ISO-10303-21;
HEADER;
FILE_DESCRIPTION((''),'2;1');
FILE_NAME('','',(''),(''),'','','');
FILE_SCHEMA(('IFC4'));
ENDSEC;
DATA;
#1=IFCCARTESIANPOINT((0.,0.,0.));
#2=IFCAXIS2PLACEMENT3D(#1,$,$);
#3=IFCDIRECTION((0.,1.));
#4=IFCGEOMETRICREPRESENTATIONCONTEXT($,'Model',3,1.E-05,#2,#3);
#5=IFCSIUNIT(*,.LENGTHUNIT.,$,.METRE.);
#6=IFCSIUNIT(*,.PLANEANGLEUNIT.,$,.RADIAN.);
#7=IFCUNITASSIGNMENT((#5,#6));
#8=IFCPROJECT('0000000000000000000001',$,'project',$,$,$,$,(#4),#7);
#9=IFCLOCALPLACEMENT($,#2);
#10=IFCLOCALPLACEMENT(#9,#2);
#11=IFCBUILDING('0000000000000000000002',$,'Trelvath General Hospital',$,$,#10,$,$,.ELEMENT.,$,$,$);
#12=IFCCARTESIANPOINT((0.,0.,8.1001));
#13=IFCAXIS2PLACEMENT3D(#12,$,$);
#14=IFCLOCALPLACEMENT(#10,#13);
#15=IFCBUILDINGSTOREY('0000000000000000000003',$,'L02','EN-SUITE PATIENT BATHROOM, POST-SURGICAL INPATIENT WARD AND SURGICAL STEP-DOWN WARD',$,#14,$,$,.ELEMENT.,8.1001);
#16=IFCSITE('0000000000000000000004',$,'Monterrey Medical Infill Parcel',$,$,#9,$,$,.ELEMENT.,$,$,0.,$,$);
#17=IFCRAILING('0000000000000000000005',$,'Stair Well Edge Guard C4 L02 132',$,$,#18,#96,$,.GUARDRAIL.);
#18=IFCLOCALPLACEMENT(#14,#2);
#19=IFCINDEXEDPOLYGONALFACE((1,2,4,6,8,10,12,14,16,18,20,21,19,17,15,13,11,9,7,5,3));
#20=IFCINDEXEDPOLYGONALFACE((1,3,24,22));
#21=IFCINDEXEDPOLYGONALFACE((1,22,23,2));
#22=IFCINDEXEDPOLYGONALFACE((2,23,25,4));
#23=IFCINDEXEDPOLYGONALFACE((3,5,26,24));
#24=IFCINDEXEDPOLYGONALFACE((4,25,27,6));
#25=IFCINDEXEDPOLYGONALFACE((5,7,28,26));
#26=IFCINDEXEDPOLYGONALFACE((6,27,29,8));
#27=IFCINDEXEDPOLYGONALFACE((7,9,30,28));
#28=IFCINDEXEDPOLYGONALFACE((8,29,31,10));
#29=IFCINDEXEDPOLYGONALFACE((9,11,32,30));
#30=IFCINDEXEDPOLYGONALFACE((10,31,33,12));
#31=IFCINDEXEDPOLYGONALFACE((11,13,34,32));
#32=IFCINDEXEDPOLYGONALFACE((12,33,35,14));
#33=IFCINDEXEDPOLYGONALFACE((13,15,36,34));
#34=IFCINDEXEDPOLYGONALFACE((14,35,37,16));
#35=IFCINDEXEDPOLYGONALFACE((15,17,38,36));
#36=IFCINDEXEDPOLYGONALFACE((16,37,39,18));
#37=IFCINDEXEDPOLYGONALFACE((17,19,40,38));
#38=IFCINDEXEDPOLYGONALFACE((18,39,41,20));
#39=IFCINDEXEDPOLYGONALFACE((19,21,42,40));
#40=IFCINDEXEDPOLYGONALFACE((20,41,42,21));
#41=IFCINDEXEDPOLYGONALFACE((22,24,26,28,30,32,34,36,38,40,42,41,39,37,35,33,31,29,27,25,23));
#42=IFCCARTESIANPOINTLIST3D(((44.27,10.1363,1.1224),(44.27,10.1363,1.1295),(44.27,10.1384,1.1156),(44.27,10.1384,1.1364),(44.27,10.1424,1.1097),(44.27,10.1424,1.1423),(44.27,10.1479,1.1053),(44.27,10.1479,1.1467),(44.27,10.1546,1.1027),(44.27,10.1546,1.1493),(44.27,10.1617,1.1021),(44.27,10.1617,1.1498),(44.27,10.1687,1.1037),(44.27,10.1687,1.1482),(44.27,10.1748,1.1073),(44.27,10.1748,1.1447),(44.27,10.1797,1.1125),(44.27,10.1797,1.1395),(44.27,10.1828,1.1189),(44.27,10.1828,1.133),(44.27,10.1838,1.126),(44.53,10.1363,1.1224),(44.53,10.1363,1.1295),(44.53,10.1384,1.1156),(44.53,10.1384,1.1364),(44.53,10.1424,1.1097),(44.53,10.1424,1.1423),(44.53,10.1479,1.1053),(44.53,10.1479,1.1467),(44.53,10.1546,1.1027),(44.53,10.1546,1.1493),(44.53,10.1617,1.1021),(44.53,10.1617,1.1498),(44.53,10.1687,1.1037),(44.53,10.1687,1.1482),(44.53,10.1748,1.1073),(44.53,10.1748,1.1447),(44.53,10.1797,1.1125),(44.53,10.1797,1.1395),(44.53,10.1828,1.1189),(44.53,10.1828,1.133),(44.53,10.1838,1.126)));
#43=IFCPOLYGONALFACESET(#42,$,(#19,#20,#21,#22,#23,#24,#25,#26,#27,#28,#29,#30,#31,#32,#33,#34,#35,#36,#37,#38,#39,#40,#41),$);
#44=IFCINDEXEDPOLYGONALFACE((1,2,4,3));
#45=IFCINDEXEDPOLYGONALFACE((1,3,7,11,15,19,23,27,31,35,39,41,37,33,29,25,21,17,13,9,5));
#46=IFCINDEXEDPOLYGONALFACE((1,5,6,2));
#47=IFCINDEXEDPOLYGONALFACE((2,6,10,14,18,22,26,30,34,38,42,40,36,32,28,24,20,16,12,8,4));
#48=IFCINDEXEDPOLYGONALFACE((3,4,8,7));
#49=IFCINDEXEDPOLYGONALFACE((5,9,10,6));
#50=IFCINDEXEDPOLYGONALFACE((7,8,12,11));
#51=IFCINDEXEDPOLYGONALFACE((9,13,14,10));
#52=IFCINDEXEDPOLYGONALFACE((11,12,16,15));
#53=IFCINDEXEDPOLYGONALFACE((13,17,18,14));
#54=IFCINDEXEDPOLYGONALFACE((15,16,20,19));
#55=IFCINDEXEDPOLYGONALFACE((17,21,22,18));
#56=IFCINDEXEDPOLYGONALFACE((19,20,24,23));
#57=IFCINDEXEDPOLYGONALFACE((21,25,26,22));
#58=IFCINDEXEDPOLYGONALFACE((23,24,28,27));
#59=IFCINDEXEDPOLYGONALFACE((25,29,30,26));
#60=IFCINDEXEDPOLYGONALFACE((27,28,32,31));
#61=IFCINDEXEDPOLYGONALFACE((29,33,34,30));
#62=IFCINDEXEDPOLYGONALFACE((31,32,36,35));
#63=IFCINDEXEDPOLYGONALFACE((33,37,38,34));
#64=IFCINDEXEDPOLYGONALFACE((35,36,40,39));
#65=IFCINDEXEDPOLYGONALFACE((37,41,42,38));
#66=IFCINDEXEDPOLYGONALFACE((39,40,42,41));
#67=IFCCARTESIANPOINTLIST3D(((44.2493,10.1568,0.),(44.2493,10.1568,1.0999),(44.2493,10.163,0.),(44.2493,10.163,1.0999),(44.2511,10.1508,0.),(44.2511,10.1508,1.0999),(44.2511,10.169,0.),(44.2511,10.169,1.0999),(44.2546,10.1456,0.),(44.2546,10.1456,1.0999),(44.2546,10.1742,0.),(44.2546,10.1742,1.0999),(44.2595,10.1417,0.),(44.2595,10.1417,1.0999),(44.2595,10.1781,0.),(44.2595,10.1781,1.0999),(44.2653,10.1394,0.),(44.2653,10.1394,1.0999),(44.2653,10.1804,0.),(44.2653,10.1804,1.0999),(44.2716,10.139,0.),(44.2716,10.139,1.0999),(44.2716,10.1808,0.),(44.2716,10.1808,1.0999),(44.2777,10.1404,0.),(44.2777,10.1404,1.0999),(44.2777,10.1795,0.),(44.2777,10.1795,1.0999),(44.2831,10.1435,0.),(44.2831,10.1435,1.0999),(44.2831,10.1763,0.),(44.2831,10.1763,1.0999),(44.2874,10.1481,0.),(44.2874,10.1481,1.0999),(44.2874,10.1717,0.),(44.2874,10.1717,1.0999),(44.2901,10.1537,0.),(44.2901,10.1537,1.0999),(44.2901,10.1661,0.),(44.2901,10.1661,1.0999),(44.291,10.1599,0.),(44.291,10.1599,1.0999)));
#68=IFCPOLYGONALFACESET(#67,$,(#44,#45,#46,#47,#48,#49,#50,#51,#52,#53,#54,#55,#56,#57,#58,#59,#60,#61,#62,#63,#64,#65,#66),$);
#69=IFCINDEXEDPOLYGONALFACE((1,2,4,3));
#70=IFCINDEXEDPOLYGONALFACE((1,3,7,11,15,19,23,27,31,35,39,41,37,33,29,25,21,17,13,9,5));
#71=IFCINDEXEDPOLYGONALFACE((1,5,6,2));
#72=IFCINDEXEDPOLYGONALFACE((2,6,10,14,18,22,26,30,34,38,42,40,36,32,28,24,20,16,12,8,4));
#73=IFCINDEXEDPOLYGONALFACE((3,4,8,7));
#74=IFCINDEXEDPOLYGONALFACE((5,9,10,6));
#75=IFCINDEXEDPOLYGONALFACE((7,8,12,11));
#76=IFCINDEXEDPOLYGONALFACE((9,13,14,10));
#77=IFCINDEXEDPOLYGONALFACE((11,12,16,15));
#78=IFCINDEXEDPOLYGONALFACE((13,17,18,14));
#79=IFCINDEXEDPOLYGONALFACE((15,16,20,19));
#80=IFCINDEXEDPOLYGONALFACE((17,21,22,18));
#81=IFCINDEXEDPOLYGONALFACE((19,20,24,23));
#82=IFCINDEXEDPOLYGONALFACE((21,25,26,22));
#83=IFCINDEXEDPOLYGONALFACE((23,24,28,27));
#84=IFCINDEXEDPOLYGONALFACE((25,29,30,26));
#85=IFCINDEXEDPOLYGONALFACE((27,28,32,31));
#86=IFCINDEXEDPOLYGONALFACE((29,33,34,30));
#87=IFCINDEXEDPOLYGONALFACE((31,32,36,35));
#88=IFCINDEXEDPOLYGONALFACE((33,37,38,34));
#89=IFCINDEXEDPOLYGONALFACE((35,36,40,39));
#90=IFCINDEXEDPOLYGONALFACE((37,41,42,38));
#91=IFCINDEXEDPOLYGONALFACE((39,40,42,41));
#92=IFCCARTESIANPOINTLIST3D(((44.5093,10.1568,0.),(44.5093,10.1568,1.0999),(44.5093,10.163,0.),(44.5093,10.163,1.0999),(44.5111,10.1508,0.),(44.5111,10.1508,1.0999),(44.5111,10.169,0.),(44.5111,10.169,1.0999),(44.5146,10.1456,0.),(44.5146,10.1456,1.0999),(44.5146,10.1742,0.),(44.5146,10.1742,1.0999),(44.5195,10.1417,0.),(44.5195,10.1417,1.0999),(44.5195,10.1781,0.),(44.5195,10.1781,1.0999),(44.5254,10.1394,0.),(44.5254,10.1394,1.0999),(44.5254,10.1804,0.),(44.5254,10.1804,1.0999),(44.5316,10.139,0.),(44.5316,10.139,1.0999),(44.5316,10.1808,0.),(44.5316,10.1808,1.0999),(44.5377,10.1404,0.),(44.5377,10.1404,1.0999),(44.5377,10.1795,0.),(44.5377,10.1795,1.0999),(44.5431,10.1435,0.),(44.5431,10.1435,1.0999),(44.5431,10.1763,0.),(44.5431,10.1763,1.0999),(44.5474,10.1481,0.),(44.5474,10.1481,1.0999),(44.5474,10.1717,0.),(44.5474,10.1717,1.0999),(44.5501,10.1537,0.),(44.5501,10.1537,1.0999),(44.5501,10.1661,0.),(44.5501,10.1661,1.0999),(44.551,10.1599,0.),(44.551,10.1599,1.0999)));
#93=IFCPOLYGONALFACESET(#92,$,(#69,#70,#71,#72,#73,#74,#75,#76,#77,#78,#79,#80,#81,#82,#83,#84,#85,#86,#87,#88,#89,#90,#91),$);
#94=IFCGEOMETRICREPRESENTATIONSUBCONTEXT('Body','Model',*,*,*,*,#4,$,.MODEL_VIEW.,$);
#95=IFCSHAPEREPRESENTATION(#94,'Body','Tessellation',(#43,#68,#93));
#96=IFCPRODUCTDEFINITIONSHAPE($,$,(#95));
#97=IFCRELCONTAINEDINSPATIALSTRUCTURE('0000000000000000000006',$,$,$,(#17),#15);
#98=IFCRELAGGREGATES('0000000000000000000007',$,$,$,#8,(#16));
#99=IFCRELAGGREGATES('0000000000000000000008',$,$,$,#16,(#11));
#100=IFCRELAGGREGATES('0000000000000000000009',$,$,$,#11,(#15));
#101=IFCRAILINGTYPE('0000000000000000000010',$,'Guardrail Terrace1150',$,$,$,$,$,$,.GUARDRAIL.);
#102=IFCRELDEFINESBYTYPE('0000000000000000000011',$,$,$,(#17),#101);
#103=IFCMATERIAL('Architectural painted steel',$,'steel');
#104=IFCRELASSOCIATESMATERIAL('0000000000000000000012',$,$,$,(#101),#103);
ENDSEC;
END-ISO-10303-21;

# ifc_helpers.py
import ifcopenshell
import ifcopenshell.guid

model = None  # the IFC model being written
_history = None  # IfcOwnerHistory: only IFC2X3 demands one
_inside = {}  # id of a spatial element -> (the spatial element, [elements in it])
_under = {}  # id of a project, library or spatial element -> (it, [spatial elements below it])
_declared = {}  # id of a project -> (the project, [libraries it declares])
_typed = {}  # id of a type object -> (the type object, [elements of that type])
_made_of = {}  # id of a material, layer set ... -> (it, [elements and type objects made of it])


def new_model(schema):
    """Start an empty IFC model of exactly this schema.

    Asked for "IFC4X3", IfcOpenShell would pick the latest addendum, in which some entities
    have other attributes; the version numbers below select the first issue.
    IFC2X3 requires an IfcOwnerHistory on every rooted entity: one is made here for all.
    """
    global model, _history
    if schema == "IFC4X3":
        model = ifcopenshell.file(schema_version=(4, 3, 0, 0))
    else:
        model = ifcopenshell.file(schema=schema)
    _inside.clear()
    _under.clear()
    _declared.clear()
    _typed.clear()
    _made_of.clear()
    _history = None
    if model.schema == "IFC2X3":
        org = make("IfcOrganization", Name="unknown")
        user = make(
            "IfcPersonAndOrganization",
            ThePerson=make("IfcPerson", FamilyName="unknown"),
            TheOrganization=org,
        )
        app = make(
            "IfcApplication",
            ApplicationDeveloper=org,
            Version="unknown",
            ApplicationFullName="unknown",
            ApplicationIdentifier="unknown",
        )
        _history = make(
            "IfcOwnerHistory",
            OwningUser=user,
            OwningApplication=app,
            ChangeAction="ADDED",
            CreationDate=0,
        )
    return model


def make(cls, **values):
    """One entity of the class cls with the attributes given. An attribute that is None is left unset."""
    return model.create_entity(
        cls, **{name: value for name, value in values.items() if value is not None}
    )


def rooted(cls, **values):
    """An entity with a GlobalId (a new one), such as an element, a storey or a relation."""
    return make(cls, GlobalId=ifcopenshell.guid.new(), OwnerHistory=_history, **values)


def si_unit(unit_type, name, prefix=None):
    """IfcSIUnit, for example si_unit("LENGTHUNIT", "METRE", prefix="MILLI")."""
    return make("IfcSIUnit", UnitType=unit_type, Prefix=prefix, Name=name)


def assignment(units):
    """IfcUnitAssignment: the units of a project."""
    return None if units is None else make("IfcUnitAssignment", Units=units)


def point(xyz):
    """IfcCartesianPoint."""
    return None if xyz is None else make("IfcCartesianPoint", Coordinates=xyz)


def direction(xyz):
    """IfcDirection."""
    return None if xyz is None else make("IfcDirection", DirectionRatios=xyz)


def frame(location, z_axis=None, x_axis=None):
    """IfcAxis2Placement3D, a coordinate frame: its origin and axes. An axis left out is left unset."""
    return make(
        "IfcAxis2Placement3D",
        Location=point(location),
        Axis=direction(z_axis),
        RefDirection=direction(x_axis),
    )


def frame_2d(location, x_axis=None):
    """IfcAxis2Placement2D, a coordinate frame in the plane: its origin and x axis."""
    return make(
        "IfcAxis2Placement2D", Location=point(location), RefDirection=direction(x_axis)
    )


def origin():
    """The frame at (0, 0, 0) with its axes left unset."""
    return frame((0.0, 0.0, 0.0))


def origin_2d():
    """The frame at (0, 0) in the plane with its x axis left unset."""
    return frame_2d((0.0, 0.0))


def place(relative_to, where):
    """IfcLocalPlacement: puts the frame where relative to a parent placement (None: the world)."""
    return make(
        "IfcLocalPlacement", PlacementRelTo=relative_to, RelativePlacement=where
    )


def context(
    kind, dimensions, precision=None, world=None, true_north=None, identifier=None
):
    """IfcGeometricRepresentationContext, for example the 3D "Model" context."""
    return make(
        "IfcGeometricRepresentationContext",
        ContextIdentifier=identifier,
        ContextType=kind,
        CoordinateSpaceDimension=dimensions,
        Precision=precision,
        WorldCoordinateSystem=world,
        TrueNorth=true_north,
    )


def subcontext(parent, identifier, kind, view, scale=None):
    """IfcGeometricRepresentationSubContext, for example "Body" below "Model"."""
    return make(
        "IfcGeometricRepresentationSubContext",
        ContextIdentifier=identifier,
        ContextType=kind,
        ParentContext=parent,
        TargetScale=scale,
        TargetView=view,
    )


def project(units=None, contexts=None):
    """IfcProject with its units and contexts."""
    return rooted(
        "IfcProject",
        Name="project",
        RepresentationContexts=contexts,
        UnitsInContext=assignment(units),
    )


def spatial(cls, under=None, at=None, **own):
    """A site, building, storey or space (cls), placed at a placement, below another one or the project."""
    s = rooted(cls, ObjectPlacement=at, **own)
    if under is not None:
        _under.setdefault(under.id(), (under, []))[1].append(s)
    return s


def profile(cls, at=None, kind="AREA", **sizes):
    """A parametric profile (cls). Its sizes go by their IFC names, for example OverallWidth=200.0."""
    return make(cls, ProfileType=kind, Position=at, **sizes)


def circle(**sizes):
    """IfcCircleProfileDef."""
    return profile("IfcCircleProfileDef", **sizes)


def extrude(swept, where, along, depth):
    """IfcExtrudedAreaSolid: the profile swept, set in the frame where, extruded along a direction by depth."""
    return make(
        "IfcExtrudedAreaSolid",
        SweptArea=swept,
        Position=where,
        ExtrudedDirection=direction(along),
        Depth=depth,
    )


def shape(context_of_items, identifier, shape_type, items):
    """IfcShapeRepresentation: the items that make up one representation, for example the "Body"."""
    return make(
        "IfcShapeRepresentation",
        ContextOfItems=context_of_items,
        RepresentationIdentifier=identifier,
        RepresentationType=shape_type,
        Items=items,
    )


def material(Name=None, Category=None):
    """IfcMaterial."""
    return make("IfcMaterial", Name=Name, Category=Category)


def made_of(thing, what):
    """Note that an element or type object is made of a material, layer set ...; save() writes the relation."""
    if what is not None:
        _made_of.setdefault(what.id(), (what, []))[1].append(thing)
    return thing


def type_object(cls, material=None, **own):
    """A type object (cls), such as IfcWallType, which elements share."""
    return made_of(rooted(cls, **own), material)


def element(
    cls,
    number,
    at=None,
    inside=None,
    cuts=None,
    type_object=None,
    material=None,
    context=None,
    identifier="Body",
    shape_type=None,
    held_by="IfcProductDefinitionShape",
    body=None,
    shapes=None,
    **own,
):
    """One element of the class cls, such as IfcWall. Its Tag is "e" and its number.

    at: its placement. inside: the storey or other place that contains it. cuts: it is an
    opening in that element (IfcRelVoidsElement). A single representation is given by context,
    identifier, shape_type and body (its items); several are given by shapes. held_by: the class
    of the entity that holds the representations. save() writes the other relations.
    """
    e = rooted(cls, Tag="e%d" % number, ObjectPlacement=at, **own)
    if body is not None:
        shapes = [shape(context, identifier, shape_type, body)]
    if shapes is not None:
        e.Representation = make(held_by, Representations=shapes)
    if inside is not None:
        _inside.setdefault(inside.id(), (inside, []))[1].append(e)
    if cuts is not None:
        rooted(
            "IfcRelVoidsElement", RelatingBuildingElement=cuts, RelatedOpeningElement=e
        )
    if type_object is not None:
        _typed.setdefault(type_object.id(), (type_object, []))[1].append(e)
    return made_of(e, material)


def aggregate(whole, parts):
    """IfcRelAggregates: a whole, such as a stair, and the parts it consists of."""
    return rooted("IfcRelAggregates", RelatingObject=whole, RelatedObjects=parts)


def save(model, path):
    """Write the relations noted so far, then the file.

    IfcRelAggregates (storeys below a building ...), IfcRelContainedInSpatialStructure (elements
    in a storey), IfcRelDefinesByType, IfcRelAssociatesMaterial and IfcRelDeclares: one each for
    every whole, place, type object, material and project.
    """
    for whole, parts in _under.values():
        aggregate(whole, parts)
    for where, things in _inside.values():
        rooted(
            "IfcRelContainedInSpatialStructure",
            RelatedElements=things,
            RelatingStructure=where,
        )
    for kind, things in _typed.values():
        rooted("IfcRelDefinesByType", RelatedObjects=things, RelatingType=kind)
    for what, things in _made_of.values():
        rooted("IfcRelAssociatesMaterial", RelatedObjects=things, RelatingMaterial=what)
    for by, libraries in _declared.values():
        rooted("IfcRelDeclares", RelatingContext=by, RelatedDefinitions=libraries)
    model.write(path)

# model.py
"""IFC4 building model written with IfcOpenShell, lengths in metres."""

from ifc_helpers import new_model, si_unit, direction, frame, origin, origin_2d, place, context, subcontext, project, spatial, circle, extrude, material, type_object, element, save


model = new_model("IFC4")

# Units and contexts
model_context = context("Model", 3, precision=1e-05, world=origin(), true_north=direction((0.0, 1.0)))
body_context = subcontext(model_context, "Body", "Model", "MODEL_VIEW")
ifc_project = project(units=[si_unit("LENGTHUNIT", "METRE"), si_unit("PLANEANGLEUNIT", "RADIAN")], contexts=[model_context])

# Site, building, storey
site_placement = place(None, origin())
site = spatial("IfcSite", under=ifc_project, at=site_placement, Name="Monterrey Medical Infill Parcel", CompositionType="ELEMENT", RefElevation=0.0)
building_placement = place(site_placement, origin())
building = spatial("IfcBuilding", under=site, at=building_placement, Name="Trelvath General Hospital", CompositionType="ELEMENT")
storey_placement = place(building_placement, frame((0.0, 0.0, 8.1001)))
storey = spatial("IfcBuildingStorey", under=building, at=storey_placement, Name="L02", Description="EN-SUITE PATIENT BATHROOM, POST-SURGICAL INPATIENT WARD AND SURGICAL STEP-DOWN WARD", CompositionType="ELEMENT", Elevation=8.1001)

# Railing
ifc_material_1 = material(Name="Architectural painted steel", Category="steel")
railing_type_1 = type_object("IfcRailingType", Name="Guardrail Terrace1150", PredefinedType="GUARDRAIL", material=ifc_material_1)
railing_1_placement = place(storey_placement, frame((44.27, 10.1599, 0.0)))
element("IfcRailing", 1, at=railing_1_placement, inside=storey, type_object=railing_type_1, Name="Stair Well Edge Guard C4 L02 132", PredefinedType="GUARDRAIL", context=body_context, shape_type="SweptSolid", body=[
    extrude(circle(Radius=0.0239, at=origin_2d()), frame((0.0, 0.0, 1.126), z_axis=(1.0, 0.0, 0.0), x_axis=(0.0, 1.0, 0.0)), (0.0, 0.0, 1.0), 0.26),
    extrude(circle(Radius=0.021, at=origin_2d()), origin(), (0.0, 0.0, 1.0), 1.0999),
    extrude(circle(Radius=0.021, at=origin_2d()), frame((0.26, 0.0, 0.0)), (0.0, 0.0, 1.0), 1.0999),
])

save(model, "model.ifc")
